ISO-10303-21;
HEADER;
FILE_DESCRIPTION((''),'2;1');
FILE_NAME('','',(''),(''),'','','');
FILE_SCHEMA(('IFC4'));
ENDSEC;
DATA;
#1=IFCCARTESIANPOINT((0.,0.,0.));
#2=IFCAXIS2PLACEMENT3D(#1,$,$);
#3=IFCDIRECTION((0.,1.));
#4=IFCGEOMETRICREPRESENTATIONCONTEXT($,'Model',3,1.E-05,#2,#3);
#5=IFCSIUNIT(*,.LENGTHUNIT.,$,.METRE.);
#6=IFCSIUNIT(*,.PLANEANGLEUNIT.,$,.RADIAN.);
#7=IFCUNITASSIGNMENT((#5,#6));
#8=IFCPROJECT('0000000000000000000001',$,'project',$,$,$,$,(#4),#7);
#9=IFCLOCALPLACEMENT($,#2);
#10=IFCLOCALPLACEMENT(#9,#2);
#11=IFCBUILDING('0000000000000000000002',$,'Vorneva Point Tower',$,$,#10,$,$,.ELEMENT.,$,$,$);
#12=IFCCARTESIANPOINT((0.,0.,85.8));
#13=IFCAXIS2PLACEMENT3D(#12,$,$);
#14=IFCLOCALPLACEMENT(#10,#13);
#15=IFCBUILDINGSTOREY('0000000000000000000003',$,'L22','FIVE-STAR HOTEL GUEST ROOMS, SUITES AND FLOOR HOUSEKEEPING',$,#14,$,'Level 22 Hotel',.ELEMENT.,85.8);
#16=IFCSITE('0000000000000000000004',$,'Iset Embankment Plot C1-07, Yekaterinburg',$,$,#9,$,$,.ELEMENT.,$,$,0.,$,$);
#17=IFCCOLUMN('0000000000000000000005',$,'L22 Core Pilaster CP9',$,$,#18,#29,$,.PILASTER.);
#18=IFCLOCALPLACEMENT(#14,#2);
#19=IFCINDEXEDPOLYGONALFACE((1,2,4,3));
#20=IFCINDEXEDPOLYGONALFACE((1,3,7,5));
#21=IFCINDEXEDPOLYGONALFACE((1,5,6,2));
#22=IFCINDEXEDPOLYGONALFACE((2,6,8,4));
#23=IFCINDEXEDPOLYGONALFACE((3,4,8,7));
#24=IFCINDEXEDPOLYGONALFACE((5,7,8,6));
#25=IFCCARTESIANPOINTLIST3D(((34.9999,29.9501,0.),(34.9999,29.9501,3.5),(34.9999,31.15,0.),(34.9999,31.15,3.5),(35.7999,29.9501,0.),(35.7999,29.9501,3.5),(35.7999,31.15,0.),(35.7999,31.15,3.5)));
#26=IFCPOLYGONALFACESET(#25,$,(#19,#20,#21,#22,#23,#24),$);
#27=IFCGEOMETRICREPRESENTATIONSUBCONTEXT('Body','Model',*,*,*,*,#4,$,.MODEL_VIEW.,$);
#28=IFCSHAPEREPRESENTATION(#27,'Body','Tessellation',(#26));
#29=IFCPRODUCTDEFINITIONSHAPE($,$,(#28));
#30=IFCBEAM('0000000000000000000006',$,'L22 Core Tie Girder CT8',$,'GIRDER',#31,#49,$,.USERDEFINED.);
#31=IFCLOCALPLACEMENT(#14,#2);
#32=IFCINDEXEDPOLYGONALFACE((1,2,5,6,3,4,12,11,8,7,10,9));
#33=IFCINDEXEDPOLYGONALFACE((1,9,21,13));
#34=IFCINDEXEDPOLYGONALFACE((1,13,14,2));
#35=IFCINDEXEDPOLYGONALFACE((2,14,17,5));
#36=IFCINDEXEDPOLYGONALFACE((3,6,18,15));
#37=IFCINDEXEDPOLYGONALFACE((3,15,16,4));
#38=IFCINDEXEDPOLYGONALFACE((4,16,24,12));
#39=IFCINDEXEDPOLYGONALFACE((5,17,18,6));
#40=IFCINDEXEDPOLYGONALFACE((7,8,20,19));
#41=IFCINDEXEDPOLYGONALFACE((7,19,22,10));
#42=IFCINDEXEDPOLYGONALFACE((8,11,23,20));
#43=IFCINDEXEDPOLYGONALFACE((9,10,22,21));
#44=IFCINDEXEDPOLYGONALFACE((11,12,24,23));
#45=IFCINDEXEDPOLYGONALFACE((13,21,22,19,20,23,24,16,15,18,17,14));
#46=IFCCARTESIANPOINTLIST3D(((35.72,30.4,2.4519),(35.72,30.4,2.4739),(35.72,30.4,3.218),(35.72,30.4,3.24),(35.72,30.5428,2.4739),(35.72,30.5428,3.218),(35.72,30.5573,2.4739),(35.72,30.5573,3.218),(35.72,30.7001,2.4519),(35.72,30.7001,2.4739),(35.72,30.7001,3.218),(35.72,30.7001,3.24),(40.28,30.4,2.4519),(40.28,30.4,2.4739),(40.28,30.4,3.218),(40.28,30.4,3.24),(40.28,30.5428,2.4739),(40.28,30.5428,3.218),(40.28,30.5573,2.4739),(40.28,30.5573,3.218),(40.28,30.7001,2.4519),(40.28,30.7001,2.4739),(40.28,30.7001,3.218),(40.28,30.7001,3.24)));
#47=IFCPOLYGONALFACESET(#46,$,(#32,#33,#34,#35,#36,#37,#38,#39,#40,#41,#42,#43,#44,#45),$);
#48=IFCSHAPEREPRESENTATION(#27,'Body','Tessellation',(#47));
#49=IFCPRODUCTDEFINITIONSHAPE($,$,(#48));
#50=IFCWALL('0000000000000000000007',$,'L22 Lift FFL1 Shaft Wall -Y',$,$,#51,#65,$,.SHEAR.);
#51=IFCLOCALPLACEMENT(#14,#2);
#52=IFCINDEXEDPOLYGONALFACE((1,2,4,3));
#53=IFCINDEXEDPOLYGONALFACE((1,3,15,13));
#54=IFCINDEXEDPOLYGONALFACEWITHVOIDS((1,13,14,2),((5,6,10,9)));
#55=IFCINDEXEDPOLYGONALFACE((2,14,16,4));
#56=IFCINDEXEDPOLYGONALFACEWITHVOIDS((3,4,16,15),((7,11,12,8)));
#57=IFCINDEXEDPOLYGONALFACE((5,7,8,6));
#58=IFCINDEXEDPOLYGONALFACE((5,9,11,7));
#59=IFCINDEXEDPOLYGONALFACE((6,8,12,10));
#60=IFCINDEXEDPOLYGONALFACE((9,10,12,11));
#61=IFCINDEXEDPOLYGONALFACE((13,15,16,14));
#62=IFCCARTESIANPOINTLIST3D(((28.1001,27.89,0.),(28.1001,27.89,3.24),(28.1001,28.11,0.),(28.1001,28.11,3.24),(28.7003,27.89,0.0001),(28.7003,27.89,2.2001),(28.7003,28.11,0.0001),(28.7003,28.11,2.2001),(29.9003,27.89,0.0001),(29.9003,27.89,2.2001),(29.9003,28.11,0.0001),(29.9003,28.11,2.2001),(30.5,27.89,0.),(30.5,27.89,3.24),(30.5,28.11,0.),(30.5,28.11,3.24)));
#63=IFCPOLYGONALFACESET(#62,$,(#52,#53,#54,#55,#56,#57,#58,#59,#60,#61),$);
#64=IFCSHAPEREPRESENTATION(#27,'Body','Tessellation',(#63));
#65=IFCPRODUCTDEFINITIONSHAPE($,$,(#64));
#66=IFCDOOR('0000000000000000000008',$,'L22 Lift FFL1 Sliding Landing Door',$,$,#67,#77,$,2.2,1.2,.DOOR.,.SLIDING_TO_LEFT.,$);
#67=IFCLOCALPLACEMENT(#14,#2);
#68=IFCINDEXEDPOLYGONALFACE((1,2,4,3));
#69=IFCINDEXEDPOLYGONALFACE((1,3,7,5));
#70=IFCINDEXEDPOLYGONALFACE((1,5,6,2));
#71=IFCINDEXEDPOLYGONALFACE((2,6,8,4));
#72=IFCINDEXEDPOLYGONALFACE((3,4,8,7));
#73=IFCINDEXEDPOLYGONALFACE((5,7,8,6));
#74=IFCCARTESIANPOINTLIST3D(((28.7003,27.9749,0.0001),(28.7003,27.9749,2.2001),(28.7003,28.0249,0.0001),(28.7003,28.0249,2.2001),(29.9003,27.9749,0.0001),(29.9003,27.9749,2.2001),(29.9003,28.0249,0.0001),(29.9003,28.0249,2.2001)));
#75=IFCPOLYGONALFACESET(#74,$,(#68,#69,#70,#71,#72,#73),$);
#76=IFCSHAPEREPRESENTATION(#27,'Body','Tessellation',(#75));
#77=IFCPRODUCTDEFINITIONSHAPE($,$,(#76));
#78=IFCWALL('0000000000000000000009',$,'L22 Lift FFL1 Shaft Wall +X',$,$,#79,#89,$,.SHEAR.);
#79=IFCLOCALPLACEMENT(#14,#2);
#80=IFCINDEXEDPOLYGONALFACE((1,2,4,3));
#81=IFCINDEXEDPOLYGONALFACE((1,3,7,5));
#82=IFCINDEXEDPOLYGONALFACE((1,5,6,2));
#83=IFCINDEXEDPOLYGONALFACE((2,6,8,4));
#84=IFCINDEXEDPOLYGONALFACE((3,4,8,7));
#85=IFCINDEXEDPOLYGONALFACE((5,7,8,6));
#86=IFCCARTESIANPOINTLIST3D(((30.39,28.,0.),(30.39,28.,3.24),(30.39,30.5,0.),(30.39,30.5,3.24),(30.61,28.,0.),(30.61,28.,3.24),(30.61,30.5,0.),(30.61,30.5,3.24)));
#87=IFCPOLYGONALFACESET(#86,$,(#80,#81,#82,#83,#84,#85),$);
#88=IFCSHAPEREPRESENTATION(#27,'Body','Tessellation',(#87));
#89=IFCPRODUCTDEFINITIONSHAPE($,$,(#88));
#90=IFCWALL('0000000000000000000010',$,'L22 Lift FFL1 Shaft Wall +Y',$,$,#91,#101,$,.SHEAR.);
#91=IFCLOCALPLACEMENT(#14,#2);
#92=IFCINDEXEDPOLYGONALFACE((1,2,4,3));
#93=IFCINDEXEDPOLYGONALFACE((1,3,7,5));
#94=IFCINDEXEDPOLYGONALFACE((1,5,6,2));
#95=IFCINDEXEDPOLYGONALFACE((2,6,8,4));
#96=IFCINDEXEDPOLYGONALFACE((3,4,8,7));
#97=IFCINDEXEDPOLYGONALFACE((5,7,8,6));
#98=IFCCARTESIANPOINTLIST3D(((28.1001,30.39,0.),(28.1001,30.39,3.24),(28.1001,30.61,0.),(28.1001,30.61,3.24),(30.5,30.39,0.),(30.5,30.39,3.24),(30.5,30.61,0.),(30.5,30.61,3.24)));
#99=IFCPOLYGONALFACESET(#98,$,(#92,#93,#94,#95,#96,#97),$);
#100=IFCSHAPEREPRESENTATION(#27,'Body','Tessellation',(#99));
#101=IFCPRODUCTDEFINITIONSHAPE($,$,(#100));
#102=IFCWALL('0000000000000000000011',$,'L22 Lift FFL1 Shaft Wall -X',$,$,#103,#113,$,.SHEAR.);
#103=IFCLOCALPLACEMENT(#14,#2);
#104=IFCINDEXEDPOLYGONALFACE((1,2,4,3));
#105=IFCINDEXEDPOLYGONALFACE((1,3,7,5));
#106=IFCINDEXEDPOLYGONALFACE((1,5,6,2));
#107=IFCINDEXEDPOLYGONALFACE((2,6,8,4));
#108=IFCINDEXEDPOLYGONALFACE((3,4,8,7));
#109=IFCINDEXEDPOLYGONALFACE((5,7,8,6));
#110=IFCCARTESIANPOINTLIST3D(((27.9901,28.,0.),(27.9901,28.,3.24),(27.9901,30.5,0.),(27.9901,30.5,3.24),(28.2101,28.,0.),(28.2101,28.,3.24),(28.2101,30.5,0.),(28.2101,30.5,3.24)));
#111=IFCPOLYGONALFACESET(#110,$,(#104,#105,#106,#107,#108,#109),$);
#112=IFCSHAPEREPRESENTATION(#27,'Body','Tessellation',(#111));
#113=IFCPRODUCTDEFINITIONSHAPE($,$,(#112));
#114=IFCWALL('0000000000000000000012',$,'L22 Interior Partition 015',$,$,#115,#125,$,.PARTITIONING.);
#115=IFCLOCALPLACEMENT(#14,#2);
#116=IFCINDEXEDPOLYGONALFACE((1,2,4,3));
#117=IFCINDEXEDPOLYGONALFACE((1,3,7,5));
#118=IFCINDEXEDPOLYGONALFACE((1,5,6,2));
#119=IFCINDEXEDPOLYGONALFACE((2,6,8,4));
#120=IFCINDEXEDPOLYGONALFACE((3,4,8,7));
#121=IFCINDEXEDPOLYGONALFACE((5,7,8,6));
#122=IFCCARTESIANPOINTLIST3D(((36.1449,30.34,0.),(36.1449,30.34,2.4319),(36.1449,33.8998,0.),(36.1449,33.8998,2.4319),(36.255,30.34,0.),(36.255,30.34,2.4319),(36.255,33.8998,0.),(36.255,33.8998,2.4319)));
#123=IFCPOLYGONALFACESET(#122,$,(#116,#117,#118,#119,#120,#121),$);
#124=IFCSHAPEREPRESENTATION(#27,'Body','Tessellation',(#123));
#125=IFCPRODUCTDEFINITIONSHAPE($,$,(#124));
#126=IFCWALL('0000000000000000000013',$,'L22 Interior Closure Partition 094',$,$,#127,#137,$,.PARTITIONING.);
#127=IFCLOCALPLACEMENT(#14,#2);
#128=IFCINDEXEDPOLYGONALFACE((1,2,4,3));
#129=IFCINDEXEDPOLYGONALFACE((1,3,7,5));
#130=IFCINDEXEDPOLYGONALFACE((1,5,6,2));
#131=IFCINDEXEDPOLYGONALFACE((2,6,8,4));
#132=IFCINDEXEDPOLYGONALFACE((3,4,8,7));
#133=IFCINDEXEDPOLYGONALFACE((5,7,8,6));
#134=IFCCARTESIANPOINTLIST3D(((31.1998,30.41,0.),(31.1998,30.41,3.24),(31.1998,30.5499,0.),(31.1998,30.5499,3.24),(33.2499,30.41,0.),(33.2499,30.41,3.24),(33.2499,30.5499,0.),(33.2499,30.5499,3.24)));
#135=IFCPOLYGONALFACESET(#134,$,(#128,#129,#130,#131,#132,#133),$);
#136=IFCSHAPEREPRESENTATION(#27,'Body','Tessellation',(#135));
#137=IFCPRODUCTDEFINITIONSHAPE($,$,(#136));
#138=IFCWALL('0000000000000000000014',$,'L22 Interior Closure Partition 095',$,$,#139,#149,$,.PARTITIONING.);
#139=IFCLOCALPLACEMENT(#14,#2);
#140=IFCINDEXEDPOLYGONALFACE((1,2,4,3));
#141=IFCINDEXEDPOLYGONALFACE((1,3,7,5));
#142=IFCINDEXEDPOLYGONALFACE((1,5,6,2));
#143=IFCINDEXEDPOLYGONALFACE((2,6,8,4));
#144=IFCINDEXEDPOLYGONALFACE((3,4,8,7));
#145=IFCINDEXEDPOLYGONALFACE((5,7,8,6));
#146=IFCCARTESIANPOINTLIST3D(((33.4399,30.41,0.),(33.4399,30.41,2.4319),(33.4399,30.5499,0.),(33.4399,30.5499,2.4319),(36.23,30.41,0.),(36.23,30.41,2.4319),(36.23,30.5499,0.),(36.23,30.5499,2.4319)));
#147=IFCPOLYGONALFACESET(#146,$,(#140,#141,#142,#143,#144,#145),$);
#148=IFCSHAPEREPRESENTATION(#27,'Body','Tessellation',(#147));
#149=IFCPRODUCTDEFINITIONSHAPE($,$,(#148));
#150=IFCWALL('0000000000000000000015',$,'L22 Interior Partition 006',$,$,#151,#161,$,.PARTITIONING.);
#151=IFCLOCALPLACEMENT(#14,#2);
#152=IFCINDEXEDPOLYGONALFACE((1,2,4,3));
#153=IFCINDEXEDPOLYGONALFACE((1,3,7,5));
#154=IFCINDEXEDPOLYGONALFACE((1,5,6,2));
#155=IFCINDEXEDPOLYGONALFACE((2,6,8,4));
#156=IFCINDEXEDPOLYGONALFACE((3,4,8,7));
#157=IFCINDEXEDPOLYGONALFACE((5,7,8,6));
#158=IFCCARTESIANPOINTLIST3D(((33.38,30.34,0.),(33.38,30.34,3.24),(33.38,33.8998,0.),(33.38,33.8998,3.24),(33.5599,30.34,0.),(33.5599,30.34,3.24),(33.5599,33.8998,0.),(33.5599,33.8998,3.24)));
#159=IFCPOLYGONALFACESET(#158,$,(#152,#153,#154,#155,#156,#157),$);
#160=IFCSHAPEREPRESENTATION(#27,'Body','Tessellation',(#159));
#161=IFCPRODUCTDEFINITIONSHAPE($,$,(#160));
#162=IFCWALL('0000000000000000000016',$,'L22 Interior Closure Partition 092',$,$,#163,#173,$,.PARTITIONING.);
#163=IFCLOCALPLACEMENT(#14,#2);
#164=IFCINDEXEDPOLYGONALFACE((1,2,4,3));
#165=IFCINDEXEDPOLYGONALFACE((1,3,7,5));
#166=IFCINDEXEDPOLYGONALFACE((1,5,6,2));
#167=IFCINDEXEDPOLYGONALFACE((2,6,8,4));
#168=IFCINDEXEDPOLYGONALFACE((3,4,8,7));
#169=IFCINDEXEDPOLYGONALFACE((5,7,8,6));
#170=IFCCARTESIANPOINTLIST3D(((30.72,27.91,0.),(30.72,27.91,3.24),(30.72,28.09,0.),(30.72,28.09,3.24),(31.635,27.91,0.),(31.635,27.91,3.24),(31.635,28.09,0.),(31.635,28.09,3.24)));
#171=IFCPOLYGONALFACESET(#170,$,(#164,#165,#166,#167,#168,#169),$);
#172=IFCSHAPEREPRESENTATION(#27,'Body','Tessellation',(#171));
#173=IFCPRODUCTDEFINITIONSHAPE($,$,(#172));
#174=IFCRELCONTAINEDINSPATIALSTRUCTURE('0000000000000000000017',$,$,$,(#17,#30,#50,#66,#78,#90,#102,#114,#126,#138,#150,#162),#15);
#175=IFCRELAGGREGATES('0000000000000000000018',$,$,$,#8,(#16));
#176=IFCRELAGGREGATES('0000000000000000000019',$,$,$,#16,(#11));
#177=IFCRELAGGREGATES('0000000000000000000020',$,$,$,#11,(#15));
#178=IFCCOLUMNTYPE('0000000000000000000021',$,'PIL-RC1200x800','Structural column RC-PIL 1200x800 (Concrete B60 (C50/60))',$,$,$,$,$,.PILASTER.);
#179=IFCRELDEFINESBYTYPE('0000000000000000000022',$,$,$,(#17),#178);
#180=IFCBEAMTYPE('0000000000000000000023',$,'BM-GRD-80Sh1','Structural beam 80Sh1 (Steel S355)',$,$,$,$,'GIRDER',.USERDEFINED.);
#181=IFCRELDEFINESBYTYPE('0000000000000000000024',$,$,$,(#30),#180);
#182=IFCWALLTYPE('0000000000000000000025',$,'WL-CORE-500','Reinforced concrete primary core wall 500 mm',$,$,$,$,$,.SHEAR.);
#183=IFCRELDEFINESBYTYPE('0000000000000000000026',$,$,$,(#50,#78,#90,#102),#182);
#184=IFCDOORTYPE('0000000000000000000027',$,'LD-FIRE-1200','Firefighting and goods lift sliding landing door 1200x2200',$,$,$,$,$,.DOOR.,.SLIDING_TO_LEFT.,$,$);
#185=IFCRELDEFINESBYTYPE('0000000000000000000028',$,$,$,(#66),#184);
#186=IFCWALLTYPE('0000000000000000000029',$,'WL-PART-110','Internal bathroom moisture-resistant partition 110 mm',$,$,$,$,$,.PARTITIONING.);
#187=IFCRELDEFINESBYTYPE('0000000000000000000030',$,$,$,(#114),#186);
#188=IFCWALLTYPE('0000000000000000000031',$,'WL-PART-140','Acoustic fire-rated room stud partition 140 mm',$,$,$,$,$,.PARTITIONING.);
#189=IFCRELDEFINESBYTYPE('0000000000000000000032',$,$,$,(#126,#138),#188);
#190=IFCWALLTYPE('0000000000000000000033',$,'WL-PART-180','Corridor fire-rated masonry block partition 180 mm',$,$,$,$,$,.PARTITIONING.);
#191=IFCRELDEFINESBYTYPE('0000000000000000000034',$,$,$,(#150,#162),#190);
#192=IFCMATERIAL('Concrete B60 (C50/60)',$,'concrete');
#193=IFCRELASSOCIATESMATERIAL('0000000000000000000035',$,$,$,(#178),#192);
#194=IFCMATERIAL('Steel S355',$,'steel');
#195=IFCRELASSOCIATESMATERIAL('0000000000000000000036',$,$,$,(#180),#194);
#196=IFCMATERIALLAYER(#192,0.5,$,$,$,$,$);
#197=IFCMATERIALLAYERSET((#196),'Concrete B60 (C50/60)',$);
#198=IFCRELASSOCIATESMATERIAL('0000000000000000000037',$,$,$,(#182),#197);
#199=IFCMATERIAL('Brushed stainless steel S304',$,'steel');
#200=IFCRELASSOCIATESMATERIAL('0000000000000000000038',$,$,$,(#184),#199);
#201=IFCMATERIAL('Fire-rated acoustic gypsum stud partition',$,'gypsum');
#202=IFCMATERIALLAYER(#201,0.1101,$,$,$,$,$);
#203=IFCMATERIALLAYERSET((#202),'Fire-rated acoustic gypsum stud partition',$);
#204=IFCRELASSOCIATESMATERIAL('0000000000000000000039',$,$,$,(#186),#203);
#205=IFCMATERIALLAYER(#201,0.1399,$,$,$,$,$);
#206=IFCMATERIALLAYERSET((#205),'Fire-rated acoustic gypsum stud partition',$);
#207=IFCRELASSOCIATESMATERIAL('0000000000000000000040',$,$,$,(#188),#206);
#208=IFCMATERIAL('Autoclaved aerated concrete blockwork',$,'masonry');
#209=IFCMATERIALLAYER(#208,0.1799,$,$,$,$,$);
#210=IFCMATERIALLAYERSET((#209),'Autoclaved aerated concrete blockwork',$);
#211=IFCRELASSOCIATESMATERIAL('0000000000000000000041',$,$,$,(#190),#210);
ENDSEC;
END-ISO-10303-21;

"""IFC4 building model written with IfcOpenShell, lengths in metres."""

from ifc_helpers import new_model, si_unit, direction, frame, frame_2d, origin, origin_2d, place, context, subcontext, project, spatial, rectangle, i_section, extrude, material, layer, layer_set, material_profile, profile_set, type_object, element, fill, save


model = new_model("IFC4")

# Units and contexts
model_context = context("Model", 3, precision=1e-05, world=origin(), true_north=direction((0.0, 1.0)))
body_context = subcontext(model_context, "Body", "Model", "MODEL_VIEW")
ifc_project = project(units=[si_unit("LENGTHUNIT", "METRE"), si_unit("PLANEANGLEUNIT", "RADIAN")], contexts=[model_context])

# Site, building, storey
site_placement = place(None, origin())
site = spatial("IfcSite", under=ifc_project, at=site_placement, Name="Iset Embankment Plot C1-07, Yekaterinburg", CompositionType="ELEMENT", RefElevation=0.0)
building_placement = place(site_placement, origin())
building = spatial("IfcBuilding", under=site, at=building_placement, Name="Vorneva Point Tower", CompositionType="ELEMENT")
storey_placement = place(building_placement, frame((0.0, 0.0, 85.8)))
storey = spatial("IfcBuildingStorey", under=building, at=storey_placement, Name="L22", Description="FIVE-STAR HOTEL GUEST ROOMS, SUITES AND FLOOR HOUSEKEEPING", LongName="Level 22 Hotel", CompositionType="ELEMENT", Elevation=85.8)

# Column
ifc_material_1 = material(Name="Concrete B60 (C50/60)", Category="concrete")
ifc_material_profile_1 = material_profile(ifc_material_1, rectangle(XDim=0.8, YDim=1.2, at=origin_2d()), Name="RC-PIL 1200x800")
ifc_profile_set_1 = profile_set([ifc_material_profile_1], Name="Concrete B60 (C50/60)")
column_type = type_object("IfcColumnType", Name="PIL-RC1200x800", Description="Structural column RC-PIL 1200x800 (Concrete B60 (C50/60))", PredefinedType="PILASTER", material=ifc_profile_set_1)
column_placement = place(storey_placement, frame((35.3999, 30.55, 0.0), z_axis=(0.0, 0.0, 1.0), x_axis=(1.0, 0.0, 0.0)))
element("IfcColumn", 1, at=column_placement, inside=storey, type_object=column_type, Name="L22 Core Pilaster CP9", PredefinedType="PILASTER", context=body_context, shape_type="SweptSolid", body=[
    extrude(rectangle(XDim=0.8, YDim=1.2, at=origin_2d()), origin(), (0.0, 0.0, 1.0), 3.5),
])

# Beam
ifc_material_2 = material(Name="Steel S355", Category="steel")
ifc_material_profile_2 = material_profile(ifc_material_2, i_section(OverallWidth=0.3, OverallDepth=0.7881, WebThickness=0.0144, FlangeThickness=0.022, at=origin_2d()), Name="80Sh1")
ifc_profile_set_2 = profile_set([ifc_material_profile_2], Name="Steel S355")
beam_type = type_object("IfcBeamType", Name="BM-GRD-80Sh1", Description="Structural beam 80Sh1 (Steel S355)", ElementType="GIRDER", PredefinedType="USERDEFINED", material=ifc_profile_set_2)
beam_placement = place(storey_placement, frame((35.72, 30.55, 2.8459), z_axis=(1.0, 0.0, 0.0), x_axis=(0.0, 1.0, 0.0)))
element("IfcBeam", 2, at=beam_placement, inside=storey, type_object=beam_type, Name="L22 Core Tie Girder CT8", ObjectType="GIRDER", PredefinedType="USERDEFINED", context=body_context, shape_type="SweptSolid", body=[
    extrude(i_section(OverallWidth=0.3, OverallDepth=0.7881, WebThickness=0.0144, FlangeThickness=0.022, at=origin_2d()), origin(), (0.0, 0.0, 1.0), 4.5601),
])

# Wall, opening, door
ifc_layer_1 = layer(ifc_material_1, 0.5)
ifc_layer_set_1 = layer_set([ifc_layer_1], Name="Concrete B60 (C50/60)")
wall_type_1 = type_object("IfcWallType", Name="WL-CORE-500", Description="Reinforced concrete primary core wall 500 mm", PredefinedType="SHEAR", material=ifc_layer_set_1)
wall_1_placement = place(storey_placement, frame((28.1001, 28.0, 0.0), z_axis=(0.0, 0.0, 1.0), x_axis=(1.0, 0.0, 0.0)))
wall_1 = element("IfcWall", 3, at=wall_1_placement, inside=storey, type_object=wall_type_1, Name="L22 Lift FFL1 Shaft Wall -Y", PredefinedType="SHEAR", context=body_context, shape_type="SweptSolid", body=[
    extrude(rectangle(XDim=2.3999, YDim=0.22, at=frame_2d((1.2, 0.0))), origin(), (0.0, 0.0, 1.0), 3.24),
])
opening_1_placement = place(wall_1_placement, frame((0.6001, 0.0, 0.0)))
opening_1 = element("IfcOpeningElement", 4, at=opening_1_placement, cuts=wall_1, PredefinedType="OPENING", context=body_context, shape_type="SweptSolid", body=[
    extrude(rectangle(XDim=1.2, YDim=2.2, at=frame_2d((0.6001, 1.1001))), frame((0.0, 0.125, 0.0), z_axis=(0.0, -1.0, 0.0), x_axis=(1.0, 0.0, 0.0)), (0.0, 0.0, 1.0), 0.2498),
])
ifc_material_3 = material(Name="Brushed stainless steel S304", Category="steel")
door_type_1 = type_object("IfcDoorType", Name="LD-FIRE-1200", Description="Firefighting and goods lift sliding landing door 1200x2200", OperationType="SLIDING_TO_LEFT", PredefinedType="DOOR", material=ifc_material_3)
door_1_placement = place(opening_1_placement, origin())
door_1 = element("IfcDoor", 5, at=door_1_placement, inside=storey, type_object=door_type_1, Name="L22 Lift FFL1 Sliding Landing Door", OperationType="SLIDING_TO_LEFT", OverallHeight=2.2, OverallWidth=1.2, PredefinedType="DOOR", context=body_context, shape_type="SweptSolid", body=[
    extrude(rectangle(XDim=1.2, YDim=2.2, at=frame_2d((0.6001, 1.1001))), frame((0.0, 0.0249, 0.0), z_axis=(0.0, -1.0, 0.0), x_axis=(1.0, 0.0, 0.0)), (0.0, 0.0, 1.0), 0.05),
])
fill(opening_1, door_1)

# Walls
wall_2_placement = place(storey_placement, frame((30.5, 28.0, 0.0), z_axis=(0.0, 0.0, 1.0), x_axis=(0.0, 1.0, 0.0)))
element("IfcWall", 6, at=wall_2_placement, inside=storey, type_object=wall_type_1, Name="L22 Lift FFL1 Shaft Wall +X", PredefinedType="SHEAR", context=body_context, shape_type="SweptSolid", body=[
    extrude(rectangle(XDim=2.5, YDim=0.22, at=frame_2d((1.25, 0.0))), origin(), (0.0, 0.0, 1.0), 3.24),
])
wall_3_placement = place(storey_placement, frame((30.5, 30.5, 0.0), z_axis=(0.0, 0.0, 1.0), x_axis=(-1.0, 0.0, 0.0)))
element("IfcWall", 7, at=wall_3_placement, inside=storey, type_object=wall_type_1, Name="L22 Lift FFL1 Shaft Wall +Y", PredefinedType="SHEAR", context=body_context, shape_type="SweptSolid", body=[
    extrude(rectangle(XDim=2.3999, YDim=0.22, at=frame_2d((1.2, 0.0))), origin(), (0.0, 0.0, 1.0), 3.24),
])
wall_4_placement = place(storey_placement, frame((28.1001, 30.5, 0.0), z_axis=(0.0, 0.0, 1.0), x_axis=(0.0, -1.0, 0.0)))
element("IfcWall", 8, at=wall_4_placement, inside=storey, type_object=wall_type_1, Name="L22 Lift FFL1 Shaft Wall -X", PredefinedType="SHEAR", context=body_context, shape_type="SweptSolid", body=[
    extrude(rectangle(XDim=2.5, YDim=0.22, at=frame_2d((1.25, 0.0))), origin(), (0.0, 0.0, 1.0), 3.24),
])
ifc_material_4 = material(Name="Fire-rated acoustic gypsum stud partition", Category="gypsum")
ifc_layer_2 = layer(ifc_material_4, 0.1101)
ifc_layer_set_2 = layer_set([ifc_layer_2], Name="Fire-rated acoustic gypsum stud partition")
wall_type_2 = type_object("IfcWallType", Name="WL-PART-110", Description="Internal bathroom moisture-resistant partition 110 mm", PredefinedType="PARTITIONING", material=ifc_layer_set_2)
wall_5_placement = place(storey_placement, frame((36.2, 30.3401, 0.0), z_axis=(0.0, 0.0, 1.0), x_axis=(0.0, 1.0, 0.0)))
element("IfcWall", 9, at=wall_5_placement, inside=storey, type_object=wall_type_2, Name="L22 Interior Partition 015", PredefinedType="PARTITIONING", context=body_context, shape_type="SweptSolid", body=[
    extrude(rectangle(XDim=3.5598, YDim=0.1101, at=frame_2d((1.7798, 0.0))), origin(), (0.0, 0.0, 1.0), 2.4319),
])
ifc_layer_3 = layer(ifc_material_4, 0.1399)
ifc_layer_set_3 = layer_set([ifc_layer_3], Name="Fire-rated acoustic gypsum stud partition")
wall_type_3 = type_object("IfcWallType", Name="WL-PART-140", Description="Acoustic fire-rated room stud partition 140 mm", PredefinedType="PARTITIONING", material=ifc_layer_set_3)
wall_6_placement = place(storey_placement, frame((31.2, 30.48, 0.0), z_axis=(0.0, 0.0, 1.0), x_axis=(1.0, 0.0, 0.0)))
element("IfcWall", 10, at=wall_6_placement, inside=storey, type_object=wall_type_3, Name="L22 Interior Closure Partition 094", PredefinedType="PARTITIONING", context=body_context, shape_type="SweptSolid", body=[
    extrude(rectangle(XDim=2.05, YDim=0.1399, at=frame_2d((1.0249, 0.0))), origin(), (0.0, 0.0, 1.0), 3.24),
])
wall_7_placement = place(storey_placement, frame((33.4399, 30.48, 0.0), z_axis=(0.0, 0.0, 1.0), x_axis=(1.0, 0.0, 0.0)))
element("IfcWall", 11, at=wall_7_placement, inside=storey, type_object=wall_type_3, Name="L22 Interior Closure Partition 095", PredefinedType="PARTITIONING", context=body_context, shape_type="SweptSolid", body=[
    extrude(rectangle(XDim=2.79, YDim=0.1399, at=frame_2d((1.395, 0.0))), origin(), (0.0, 0.0, 1.0), 2.4319),
])
ifc_material_5 = material(Name="Autoclaved aerated concrete blockwork", Category="masonry")
ifc_layer_4 = layer(ifc_material_5, 0.1799)
ifc_layer_set_4 = layer_set([ifc_layer_4], Name="Autoclaved aerated concrete blockwork")
wall_type_4 = type_object("IfcWallType", Name="WL-PART-180", Description="Corridor fire-rated masonry block partition 180 mm", PredefinedType="PARTITIONING", material=ifc_layer_set_4)
wall_8_placement = place(storey_placement, frame((33.47, 30.3401, 0.0), z_axis=(0.0, 0.0, 1.0), x_axis=(0.0, 1.0, 0.0)))
element("IfcWall", 12, at=wall_8_placement, inside=storey, type_object=wall_type_4, Name="L22 Interior Partition 006", PredefinedType="PARTITIONING", context=body_context, shape_type="SweptSolid", body=[
    extrude(rectangle(XDim=3.5598, YDim=0.1799, at=frame_2d((1.7798, 0.0))), origin(), (0.0, 0.0, 1.0), 3.24),
])
wall_9_placement = place(storey_placement, frame((31.635, 28.0, 0.0), z_axis=(0.0, 0.0, 1.0), x_axis=(-1.0, 0.0, 0.0)))
element("IfcWall", 13, at=wall_9_placement, inside=storey, type_object=wall_type_4, Name="L22 Interior Closure Partition 092", PredefinedType="PARTITIONING", context=body_context, shape_type="SweptSolid", body=[
    extrude(rectangle(XDim=0.915, YDim=0.1799, at=frame_2d((0.4575, 0.0))), origin(), (0.0, 0.0, 1.0), 3.24),
])

save(model, "model.ifc")
